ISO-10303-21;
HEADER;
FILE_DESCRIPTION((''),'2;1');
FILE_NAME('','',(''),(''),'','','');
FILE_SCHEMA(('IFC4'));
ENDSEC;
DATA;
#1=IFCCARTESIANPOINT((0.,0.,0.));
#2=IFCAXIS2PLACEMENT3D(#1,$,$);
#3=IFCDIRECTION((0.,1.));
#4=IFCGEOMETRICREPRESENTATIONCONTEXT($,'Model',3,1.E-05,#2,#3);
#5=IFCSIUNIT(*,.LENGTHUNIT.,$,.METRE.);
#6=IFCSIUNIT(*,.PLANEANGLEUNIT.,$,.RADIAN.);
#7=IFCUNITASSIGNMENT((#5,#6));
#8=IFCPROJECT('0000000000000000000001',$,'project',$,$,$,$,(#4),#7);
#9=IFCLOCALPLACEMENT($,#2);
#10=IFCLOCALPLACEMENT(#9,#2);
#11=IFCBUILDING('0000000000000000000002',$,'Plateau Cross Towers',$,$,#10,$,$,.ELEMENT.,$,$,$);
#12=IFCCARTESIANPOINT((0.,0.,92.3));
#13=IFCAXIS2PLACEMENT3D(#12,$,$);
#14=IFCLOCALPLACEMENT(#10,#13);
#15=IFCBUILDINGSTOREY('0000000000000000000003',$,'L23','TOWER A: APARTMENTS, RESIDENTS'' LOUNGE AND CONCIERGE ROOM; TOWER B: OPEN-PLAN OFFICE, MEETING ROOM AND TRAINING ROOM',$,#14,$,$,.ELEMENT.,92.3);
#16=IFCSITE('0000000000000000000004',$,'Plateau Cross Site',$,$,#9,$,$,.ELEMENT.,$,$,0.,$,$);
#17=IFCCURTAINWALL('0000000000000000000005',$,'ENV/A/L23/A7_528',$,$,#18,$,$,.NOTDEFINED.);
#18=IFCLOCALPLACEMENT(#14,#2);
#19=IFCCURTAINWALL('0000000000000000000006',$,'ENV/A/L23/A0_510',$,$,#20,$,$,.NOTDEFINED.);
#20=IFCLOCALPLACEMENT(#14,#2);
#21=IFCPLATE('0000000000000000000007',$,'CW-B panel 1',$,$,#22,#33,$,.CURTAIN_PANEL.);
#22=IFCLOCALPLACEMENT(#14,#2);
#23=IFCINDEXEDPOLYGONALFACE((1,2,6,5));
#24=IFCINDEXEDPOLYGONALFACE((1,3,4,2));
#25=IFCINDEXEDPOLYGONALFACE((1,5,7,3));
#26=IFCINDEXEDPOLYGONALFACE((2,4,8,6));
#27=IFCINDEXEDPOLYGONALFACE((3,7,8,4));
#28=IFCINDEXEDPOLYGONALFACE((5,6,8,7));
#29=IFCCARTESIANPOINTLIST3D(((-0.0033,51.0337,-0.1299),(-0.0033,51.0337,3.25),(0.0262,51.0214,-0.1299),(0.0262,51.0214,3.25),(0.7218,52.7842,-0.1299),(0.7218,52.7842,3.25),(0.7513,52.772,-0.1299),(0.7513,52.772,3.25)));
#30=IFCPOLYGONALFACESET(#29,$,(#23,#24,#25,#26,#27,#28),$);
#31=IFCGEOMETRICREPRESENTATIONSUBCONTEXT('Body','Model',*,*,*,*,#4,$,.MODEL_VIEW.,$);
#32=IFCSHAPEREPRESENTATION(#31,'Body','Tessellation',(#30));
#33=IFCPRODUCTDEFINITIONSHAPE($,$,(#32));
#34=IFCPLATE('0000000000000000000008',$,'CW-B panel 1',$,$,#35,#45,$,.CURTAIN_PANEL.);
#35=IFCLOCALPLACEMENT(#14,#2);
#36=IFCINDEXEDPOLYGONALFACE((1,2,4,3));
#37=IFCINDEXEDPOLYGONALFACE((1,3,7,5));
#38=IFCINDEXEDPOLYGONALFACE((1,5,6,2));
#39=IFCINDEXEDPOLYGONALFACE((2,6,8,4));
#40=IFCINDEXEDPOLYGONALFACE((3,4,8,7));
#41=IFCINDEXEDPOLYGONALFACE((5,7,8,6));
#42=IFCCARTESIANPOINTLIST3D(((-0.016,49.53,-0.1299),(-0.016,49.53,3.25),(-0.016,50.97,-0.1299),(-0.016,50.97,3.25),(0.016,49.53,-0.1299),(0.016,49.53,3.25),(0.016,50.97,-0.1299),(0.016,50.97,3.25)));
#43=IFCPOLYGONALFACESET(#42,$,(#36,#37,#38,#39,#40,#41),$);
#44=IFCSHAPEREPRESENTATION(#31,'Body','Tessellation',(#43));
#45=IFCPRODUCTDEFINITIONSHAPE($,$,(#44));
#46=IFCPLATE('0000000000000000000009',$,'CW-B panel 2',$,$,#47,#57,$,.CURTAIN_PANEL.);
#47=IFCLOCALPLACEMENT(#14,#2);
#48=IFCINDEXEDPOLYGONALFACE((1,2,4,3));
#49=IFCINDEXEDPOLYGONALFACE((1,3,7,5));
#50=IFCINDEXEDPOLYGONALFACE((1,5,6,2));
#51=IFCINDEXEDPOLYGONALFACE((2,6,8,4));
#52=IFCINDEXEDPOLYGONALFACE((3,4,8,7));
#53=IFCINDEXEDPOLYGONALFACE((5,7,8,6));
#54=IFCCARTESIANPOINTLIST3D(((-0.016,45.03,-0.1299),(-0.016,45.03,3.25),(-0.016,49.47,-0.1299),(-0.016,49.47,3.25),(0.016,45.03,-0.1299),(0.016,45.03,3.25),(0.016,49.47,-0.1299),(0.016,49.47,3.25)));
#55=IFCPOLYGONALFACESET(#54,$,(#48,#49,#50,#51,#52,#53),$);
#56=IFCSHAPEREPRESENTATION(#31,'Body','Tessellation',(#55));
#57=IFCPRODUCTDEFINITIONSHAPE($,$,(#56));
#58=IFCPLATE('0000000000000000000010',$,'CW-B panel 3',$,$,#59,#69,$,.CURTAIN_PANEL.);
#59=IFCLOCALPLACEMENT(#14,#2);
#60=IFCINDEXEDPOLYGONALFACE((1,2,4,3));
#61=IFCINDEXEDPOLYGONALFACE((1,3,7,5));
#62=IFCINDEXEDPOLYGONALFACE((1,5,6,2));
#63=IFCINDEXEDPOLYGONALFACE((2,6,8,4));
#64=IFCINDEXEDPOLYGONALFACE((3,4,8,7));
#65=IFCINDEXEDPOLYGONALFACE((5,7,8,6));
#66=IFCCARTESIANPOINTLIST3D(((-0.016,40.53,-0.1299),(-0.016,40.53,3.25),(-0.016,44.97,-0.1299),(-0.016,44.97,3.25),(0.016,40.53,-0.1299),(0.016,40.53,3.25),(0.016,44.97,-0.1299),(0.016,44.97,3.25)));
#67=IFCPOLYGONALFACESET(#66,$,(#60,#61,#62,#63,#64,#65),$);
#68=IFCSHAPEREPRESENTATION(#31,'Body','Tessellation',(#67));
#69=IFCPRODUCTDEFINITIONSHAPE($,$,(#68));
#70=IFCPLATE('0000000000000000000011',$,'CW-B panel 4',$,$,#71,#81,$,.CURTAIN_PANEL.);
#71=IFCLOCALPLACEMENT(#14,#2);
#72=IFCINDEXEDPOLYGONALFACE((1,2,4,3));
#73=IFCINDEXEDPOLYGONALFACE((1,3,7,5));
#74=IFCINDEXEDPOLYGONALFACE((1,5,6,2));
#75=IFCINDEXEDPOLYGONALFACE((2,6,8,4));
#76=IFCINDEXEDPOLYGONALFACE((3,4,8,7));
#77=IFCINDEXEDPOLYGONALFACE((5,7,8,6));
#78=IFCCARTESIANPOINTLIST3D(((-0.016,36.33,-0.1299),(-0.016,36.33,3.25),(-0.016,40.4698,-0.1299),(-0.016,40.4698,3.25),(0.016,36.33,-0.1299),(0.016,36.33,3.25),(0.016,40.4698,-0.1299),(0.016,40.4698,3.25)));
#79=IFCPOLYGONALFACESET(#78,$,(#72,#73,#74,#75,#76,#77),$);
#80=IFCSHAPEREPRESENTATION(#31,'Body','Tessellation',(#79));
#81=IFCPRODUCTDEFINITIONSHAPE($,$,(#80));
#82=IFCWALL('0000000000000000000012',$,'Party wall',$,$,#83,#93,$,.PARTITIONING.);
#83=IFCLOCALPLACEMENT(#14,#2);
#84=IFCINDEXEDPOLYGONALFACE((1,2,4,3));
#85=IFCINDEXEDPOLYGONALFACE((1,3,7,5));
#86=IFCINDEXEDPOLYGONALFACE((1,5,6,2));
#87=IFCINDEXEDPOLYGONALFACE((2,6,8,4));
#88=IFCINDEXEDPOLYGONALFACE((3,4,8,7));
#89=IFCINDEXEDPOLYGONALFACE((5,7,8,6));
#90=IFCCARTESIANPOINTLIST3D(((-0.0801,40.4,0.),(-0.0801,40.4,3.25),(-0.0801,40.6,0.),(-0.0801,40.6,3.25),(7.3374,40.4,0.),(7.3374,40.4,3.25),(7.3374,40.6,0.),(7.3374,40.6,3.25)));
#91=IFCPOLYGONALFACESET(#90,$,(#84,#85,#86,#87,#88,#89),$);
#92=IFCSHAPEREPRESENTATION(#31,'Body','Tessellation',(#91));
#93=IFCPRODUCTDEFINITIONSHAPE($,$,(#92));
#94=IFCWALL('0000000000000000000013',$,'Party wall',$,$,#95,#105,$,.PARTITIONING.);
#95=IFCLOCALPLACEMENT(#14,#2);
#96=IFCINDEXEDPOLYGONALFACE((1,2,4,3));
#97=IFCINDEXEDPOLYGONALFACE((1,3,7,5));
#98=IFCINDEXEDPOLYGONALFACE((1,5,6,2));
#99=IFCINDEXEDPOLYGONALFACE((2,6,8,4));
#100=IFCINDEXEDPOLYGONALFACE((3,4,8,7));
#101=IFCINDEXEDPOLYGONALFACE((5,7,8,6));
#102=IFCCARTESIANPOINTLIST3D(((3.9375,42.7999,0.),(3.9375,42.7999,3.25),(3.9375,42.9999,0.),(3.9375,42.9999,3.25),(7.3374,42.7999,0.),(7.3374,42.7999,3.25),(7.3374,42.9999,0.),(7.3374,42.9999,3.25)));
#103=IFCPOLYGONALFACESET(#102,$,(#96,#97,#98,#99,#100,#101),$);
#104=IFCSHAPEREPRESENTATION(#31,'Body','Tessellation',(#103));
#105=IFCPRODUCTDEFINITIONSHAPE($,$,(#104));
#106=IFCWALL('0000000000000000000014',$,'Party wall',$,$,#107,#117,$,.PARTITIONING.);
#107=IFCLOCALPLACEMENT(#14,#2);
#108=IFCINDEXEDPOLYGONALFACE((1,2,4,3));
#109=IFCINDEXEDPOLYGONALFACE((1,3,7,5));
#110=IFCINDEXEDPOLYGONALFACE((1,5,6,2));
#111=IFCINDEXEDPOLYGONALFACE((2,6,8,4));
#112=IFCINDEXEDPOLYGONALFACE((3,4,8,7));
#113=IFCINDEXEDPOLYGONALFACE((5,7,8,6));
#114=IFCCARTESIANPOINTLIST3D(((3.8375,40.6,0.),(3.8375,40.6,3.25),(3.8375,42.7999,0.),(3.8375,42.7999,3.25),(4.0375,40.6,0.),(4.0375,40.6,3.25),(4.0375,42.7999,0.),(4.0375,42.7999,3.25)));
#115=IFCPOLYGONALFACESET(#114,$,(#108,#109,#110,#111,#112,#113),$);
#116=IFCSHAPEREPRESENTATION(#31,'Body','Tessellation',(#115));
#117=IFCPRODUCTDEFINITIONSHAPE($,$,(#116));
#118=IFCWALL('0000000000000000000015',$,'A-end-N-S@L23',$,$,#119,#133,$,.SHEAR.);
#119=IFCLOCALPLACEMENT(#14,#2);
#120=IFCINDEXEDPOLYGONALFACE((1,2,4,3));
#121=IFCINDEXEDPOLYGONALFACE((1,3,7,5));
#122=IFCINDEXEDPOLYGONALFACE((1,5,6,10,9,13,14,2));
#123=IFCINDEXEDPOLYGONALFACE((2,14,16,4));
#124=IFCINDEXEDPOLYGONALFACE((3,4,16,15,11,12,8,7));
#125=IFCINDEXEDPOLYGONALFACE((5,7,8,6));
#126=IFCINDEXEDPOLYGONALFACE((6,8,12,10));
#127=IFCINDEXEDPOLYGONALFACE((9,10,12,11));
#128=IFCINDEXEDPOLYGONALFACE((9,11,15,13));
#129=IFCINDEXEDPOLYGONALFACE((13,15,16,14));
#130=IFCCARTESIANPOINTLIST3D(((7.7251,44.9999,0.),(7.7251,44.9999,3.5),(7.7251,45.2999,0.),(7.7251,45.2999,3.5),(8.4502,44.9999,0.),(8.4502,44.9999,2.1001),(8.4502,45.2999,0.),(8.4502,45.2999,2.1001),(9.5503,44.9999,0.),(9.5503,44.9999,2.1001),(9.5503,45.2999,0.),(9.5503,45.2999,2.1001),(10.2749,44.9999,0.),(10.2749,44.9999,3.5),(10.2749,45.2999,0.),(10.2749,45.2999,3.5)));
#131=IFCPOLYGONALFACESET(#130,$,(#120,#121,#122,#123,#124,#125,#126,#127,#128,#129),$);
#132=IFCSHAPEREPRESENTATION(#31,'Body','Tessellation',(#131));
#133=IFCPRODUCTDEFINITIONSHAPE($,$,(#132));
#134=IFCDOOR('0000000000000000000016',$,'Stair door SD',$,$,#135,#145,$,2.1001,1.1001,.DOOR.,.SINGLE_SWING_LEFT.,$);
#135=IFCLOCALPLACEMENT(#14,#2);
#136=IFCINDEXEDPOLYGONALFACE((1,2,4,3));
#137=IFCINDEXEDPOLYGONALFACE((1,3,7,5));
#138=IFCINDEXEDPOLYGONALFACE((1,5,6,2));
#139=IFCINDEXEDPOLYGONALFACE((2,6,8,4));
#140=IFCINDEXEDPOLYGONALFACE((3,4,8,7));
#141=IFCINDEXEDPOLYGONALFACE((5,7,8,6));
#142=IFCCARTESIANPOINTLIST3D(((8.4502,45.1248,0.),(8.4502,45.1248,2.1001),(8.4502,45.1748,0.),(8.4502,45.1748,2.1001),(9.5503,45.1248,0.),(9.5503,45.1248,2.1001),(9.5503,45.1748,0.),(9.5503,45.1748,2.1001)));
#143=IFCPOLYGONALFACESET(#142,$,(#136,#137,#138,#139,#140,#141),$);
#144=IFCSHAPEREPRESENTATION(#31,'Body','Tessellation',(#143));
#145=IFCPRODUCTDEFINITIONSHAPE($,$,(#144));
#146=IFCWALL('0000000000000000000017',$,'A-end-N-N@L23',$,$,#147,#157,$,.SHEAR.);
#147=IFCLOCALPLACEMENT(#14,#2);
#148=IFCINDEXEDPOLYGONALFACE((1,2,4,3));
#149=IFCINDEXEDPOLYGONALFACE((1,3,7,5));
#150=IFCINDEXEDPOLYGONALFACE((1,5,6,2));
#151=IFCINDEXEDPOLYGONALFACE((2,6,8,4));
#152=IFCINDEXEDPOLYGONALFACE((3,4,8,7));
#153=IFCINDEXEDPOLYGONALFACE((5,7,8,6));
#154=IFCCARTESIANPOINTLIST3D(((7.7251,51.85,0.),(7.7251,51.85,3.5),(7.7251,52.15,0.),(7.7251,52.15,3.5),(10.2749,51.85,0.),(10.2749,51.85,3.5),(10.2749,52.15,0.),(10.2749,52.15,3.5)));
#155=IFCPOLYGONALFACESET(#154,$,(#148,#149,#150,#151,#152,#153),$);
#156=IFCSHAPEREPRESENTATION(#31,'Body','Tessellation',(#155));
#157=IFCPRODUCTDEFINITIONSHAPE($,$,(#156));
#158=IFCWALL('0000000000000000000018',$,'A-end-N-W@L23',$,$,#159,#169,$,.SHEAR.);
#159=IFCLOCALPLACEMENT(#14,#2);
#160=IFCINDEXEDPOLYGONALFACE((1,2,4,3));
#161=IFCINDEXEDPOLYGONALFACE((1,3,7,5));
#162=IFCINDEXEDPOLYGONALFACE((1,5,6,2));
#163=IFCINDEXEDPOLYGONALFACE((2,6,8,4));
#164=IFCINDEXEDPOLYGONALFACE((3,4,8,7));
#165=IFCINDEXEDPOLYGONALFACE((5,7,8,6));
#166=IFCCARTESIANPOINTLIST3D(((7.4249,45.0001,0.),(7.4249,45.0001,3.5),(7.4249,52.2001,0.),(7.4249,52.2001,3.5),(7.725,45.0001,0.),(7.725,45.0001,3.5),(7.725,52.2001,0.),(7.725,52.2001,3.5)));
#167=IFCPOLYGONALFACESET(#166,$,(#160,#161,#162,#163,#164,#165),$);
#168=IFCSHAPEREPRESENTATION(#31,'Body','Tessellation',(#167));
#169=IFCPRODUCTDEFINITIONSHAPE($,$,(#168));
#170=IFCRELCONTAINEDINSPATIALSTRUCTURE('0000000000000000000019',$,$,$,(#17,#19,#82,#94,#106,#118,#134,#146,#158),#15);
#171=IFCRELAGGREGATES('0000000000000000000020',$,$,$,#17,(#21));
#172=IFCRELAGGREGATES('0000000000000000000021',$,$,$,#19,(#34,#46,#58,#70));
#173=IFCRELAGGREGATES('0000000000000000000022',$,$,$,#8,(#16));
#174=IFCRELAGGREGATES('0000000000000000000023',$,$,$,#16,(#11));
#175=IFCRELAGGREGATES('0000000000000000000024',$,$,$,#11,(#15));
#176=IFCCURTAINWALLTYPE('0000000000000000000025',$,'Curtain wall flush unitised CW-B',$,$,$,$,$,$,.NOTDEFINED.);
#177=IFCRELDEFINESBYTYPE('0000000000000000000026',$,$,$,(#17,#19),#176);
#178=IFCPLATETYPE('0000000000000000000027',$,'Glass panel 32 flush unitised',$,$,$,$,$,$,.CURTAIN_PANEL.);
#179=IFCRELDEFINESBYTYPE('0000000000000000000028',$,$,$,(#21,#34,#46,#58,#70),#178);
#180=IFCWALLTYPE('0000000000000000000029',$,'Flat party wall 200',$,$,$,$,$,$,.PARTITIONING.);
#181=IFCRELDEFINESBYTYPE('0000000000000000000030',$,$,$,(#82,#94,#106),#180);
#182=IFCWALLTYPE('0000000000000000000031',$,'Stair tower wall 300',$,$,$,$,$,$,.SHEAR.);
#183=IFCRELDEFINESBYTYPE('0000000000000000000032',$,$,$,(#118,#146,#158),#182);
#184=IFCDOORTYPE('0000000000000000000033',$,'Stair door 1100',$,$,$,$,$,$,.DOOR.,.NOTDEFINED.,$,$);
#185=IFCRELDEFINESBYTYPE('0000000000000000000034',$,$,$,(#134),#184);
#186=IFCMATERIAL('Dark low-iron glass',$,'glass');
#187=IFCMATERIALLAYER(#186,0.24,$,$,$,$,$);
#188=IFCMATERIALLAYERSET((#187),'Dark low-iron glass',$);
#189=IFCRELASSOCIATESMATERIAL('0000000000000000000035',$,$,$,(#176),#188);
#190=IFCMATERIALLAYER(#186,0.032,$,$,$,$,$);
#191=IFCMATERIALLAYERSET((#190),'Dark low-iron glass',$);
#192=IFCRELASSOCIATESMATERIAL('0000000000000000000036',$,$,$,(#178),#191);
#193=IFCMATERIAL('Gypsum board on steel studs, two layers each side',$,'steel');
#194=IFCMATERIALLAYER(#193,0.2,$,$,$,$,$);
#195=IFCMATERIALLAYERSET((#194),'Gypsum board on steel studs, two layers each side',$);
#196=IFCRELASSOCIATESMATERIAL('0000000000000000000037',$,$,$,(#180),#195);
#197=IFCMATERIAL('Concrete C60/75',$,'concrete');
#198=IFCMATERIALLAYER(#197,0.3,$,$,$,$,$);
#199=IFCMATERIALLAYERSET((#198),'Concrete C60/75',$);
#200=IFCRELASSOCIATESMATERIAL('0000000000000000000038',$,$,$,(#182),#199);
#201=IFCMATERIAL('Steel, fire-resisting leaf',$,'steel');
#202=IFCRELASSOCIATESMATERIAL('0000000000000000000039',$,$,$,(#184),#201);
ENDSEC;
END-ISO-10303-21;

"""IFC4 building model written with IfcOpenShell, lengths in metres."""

from ifc_helpers import new_model, si_unit, direction, frame, frame_2d, origin, origin_2d, place, context, subcontext, project, spatial, rectangle, extrude, material, layer, layer_set, type_object, element, fill, aggregate, save


model = new_model("IFC4")

# Units and contexts
model_context = context("Model", 3, precision=1e-05, world=origin(), true_north=direction((0.0, 1.0)))
body_context = subcontext(model_context, "Body", "Model", "MODEL_VIEW")
ifc_project = project(units=[si_unit("LENGTHUNIT", "METRE"), si_unit("PLANEANGLEUNIT", "RADIAN")], contexts=[model_context])

# Site, building, storey
site_placement = place(None, origin())
site = spatial("IfcSite", under=ifc_project, at=site_placement, Name="Plateau Cross Site", CompositionType="ELEMENT", RefElevation=0.0)
building_placement = place(site_placement, origin())
building = spatial("IfcBuilding", under=site, at=building_placement, Name="Plateau Cross Towers", CompositionType="ELEMENT")
storey_placement = place(building_placement, frame((0.0, 0.0, 92.3)))
storey = spatial("IfcBuildingStorey", under=building, at=storey_placement, Name="L23", Description="TOWER A: APARTMENTS, RESIDENTS' LOUNGE AND CONCIERGE ROOM; TOWER B: OPEN-PLAN OFFICE, MEETING ROOM AND TRAINING ROOM", CompositionType="ELEMENT", Elevation=92.3)

# Shared definitions
ifc_material_1 = material(Name="Concrete C60/75", Category="concrete")

# Shared definitions
ifc_material_2 = material(Name="Dark low-iron glass", Category="glass")
ifc_layer_1 = layer(ifc_material_2, 0.24)
ifc_layer_set_1 = layer_set([ifc_layer_1], Name="Dark low-iron glass")
curtain_wall_type = type_object("IfcCurtainWallType", Name="Curtain wall flush unitised CW-B", PredefinedType="NOTDEFINED", material=ifc_layer_set_1)

# Curtain wall
curtain_wall_1_placement = place(storey_placement, origin())
curtain_wall_1 = element("IfcCurtainWall", 1, at=curtain_wall_1_placement, inside=storey, type_object=curtain_wall_type, Name="ENV/A/L23/A7_528", PredefinedType="NOTDEFINED")

# Curtain wall
curtain_wall_2_placement = place(storey_placement, origin())
curtain_wall_2 = element("IfcCurtainWall", 2, at=curtain_wall_2_placement, inside=storey, type_object=curtain_wall_type, Name="ENV/A/L23/A0_510", PredefinedType="NOTDEFINED")

# Plates
ifc_layer_2 = layer(ifc_material_2, 0.032)
ifc_layer_set_2 = layer_set([ifc_layer_2], Name="Dark low-iron glass")
plate_type = type_object("IfcPlateType", Name="Glass panel 32 flush unitised", PredefinedType="CURTAIN_PANEL", material=ifc_layer_set_2)
plate_1_placement = place(storey_placement, frame((0.374, 51.9028, -0.1299), z_axis=(0.0, 0.0, 1.0), x_axis=(-0.382684, -0.923879, 0.0)))
plate_1 = element("IfcPlate", 3, at=plate_1_placement, type_object=plate_type, Name="CW-B panel 1", PredefinedType="CURTAIN_PANEL", context=body_context, shape_type="SweptSolid", body=[
    extrude(rectangle(XDim=1.8948, YDim=0.032, at=origin_2d()), origin(), (0.0, 0.0, 1.0), 3.3799),
])
aggregate(curtain_wall_1, [plate_1])
plate_2_placement = place(storey_placement, frame((0.0, 50.25, -0.1299), z_axis=(0.0, 0.0, 1.0), x_axis=(0.0, -1.0, 0.0)))
plate_2 = element("IfcPlate", 4, at=plate_2_placement, type_object=plate_type, Name="CW-B panel 1", PredefinedType="CURTAIN_PANEL", context=body_context, shape_type="SweptSolid", body=[
    extrude(rectangle(XDim=1.4399, YDim=0.032, at=origin_2d()), origin(), (0.0, 0.0, 1.0), 3.3799),
])
plate_3_placement = place(storey_placement, frame((0.0, 47.25, -0.1299), z_axis=(0.0, 0.0, 1.0), x_axis=(0.0, -1.0, 0.0)))
plate_3 = element("IfcPlate", 5, at=plate_3_placement, type_object=plate_type, Name="CW-B panel 2", PredefinedType="CURTAIN_PANEL", context=body_context, shape_type="SweptSolid", body=[
    extrude(rectangle(XDim=4.4399, YDim=0.032, at=origin_2d()), origin(), (0.0, 0.0, 1.0), 3.3799),
])
plate_4_placement = place(storey_placement, frame((0.0, 42.75, -0.1299), z_axis=(0.0, 0.0, 1.0), x_axis=(0.0, -1.0, 0.0)))
plate_4 = element("IfcPlate", 6, at=plate_4_placement, type_object=plate_type, Name="CW-B panel 3", PredefinedType="CURTAIN_PANEL", context=body_context, shape_type="SweptSolid", body=[
    extrude(rectangle(XDim=4.4399, YDim=0.032, at=origin_2d()), origin(), (0.0, 0.0, 1.0), 3.3799),
])
plate_5_placement = place(storey_placement, frame((0.0, 38.3999, -0.1299), z_axis=(0.0, 0.0, 1.0), x_axis=(0.0, -1.0, 0.0)))
plate_5 = element("IfcPlate", 7, at=plate_5_placement, type_object=plate_type, Name="CW-B panel 4", PredefinedType="CURTAIN_PANEL", context=body_context, shape_type="SweptSolid", body=[
    extrude(rectangle(XDim=4.1399, YDim=0.032, at=origin_2d()), origin(), (0.0, 0.0, 1.0), 3.3799),
])
aggregate(curtain_wall_2, [plate_2, plate_3, plate_4, plate_5])

# Walls
ifc_material_3 = material(Name="Gypsum board on steel studs, two layers each side", Category="steel")
ifc_layer_3 = layer(ifc_material_3, 0.2)
ifc_layer_set_3 = layer_set([ifc_layer_3], Name="Gypsum board on steel studs, two layers each side")
wall_type_1 = type_object("IfcWallType", Name="Flat party wall 200", PredefinedType="PARTITIONING", material=ifc_layer_set_3)
wall_1_placement = place(storey_placement, frame((7.3374, 40.5, 0.0), z_axis=(0.0, 0.0, 1.0), x_axis=(-1.0, 0.0, 0.0)))
element("IfcWall", 8, at=wall_1_placement, inside=storey, type_object=wall_type_1, Name="Party wall", PredefinedType="PARTITIONING", context=body_context, shape_type="SweptSolid", body=[
    extrude(rectangle(XDim=7.4175, YDim=0.2, at=frame_2d((3.7087, 0.0))), origin(), (0.0, 0.0, 1.0), 3.25),
])
wall_2_placement = place(storey_placement, frame((7.3374, 42.8999, 0.0), z_axis=(0.0, 0.0, 1.0), x_axis=(-1.0, 0.0, 0.0)))
element("IfcWall", 9, at=wall_2_placement, inside=storey, type_object=wall_type_1, Name="Party wall", PredefinedType="PARTITIONING", context=body_context, shape_type="SweptSolid", body=[
    extrude(rectangle(XDim=3.3999, YDim=0.2, at=frame_2d((1.7, 0.0))), origin(), (0.0, 0.0, 1.0), 3.25),
])
wall_3_placement = place(storey_placement, frame((3.9375, 42.8, 0.0), z_axis=(0.0, 0.0, 1.0), x_axis=(0.0, -1.0, 0.0)))
element("IfcWall", 10, at=wall_3_placement, inside=storey, type_object=wall_type_1, Name="Party wall", PredefinedType="PARTITIONING", context=body_context, shape_type="SweptSolid", body=[
    extrude(rectangle(XDim=2.2, YDim=0.2, at=frame_2d((1.1001, 0.0))), origin(), (0.0, 0.0, 1.0), 3.25),
])

# Wall, opening, door
ifc_layer_4 = layer(ifc_material_1, 0.3)
ifc_layer_set_4 = layer_set([ifc_layer_4], Name="Concrete C60/75")
wall_type_2 = type_object("IfcWallType", Name="Stair tower wall 300", PredefinedType="SHEAR", material=ifc_layer_set_4)
wall_4_placement = place(storey_placement, frame((7.7251, 45.1499, 0.0), z_axis=(0.0, 0.0, 1.0), x_axis=(1.0, 0.0, 0.0)))
wall_4 = element("IfcWall", 11, at=wall_4_placement, inside=storey, type_object=wall_type_2, Name="A-end-N-S@L23", PredefinedType="SHEAR", context=body_context, shape_type="SweptSolid", body=[
    extrude(rectangle(XDim=2.5498, YDim=0.3, at=frame_2d((1.2749, 0.0))), origin(), (0.0, 0.0, 1.0), 3.5),
])
opening_placement = place(wall_4_placement, frame((0.7251, 0.0, 0.0)))
opening = element("IfcOpeningElement", 12, at=opening_placement, cuts=wall_4, PredefinedType="OPENING", context=body_context, shape_type="SweptSolid", body=[
    extrude(rectangle(XDim=1.1001, YDim=2.1001, at=frame_2d((0.55, 1.05))), frame((0.0, 0.1599, 0.0), z_axis=(0.0, -1.0, 0.0), x_axis=(1.0, 0.0, 0.0)), (0.0, 0.0, 1.0), 0.3201),
])
ifc_material_4 = material(Name="Steel, fire-resisting leaf", Category="steel")
door_type = type_object("IfcDoorType", Name="Stair door 1100", OperationType="NOTDEFINED", PredefinedType="DOOR", material=ifc_material_4)
door_placement = place(opening_placement, origin())
door = element("IfcDoor", 13, at=door_placement, inside=storey, type_object=door_type, Name="Stair door SD", OperationType="SINGLE_SWING_LEFT", OverallHeight=2.1001, OverallWidth=1.1001, PredefinedType="DOOR", context=body_context, shape_type="SweptSolid", body=[
    extrude(rectangle(XDim=1.1001, YDim=2.1001, at=frame_2d((0.55, 1.05))), frame((0.0, 0.0249, 0.0), z_axis=(0.0, -1.0, 0.0), x_axis=(1.0, 0.0, 0.0)), (0.0, 0.0, 1.0), 0.05),
])
fill(opening, door)

# Walls
wall_5_placement = place(storey_placement, frame((7.7251, 52.0, 0.0), z_axis=(0.0, 0.0, 1.0), x_axis=(1.0, 0.0, 0.0)))
element("IfcWall", 14, at=wall_5_placement, inside=storey, type_object=wall_type_2, Name="A-end-N-N@L23", PredefinedType="SHEAR", context=body_context, shape_type="SweptSolid", body=[
    extrude(rectangle(XDim=2.5498, YDim=0.3, at=frame_2d((1.2749, 0.0))), origin(), (0.0, 0.0, 1.0), 3.5),
])
wall_6_placement = place(storey_placement, frame((7.575, 45.0, 0.0), z_axis=(0.0, 0.0, 1.0), x_axis=(0.0, 1.0, 0.0)))
element("IfcWall", 15, at=wall_6_placement, inside=storey, type_object=wall_type_2, Name="A-end-N-W@L23", PredefinedType="SHEAR", context=body_context, shape_type="SweptSolid", body=[
    extrude(rectangle(XDim=7.2, YDim=0.3, at=frame_2d((3.6001, 0.0))), origin(), (0.0, 0.0, 1.0), 3.5),
])

save(model, "model.ifc")
